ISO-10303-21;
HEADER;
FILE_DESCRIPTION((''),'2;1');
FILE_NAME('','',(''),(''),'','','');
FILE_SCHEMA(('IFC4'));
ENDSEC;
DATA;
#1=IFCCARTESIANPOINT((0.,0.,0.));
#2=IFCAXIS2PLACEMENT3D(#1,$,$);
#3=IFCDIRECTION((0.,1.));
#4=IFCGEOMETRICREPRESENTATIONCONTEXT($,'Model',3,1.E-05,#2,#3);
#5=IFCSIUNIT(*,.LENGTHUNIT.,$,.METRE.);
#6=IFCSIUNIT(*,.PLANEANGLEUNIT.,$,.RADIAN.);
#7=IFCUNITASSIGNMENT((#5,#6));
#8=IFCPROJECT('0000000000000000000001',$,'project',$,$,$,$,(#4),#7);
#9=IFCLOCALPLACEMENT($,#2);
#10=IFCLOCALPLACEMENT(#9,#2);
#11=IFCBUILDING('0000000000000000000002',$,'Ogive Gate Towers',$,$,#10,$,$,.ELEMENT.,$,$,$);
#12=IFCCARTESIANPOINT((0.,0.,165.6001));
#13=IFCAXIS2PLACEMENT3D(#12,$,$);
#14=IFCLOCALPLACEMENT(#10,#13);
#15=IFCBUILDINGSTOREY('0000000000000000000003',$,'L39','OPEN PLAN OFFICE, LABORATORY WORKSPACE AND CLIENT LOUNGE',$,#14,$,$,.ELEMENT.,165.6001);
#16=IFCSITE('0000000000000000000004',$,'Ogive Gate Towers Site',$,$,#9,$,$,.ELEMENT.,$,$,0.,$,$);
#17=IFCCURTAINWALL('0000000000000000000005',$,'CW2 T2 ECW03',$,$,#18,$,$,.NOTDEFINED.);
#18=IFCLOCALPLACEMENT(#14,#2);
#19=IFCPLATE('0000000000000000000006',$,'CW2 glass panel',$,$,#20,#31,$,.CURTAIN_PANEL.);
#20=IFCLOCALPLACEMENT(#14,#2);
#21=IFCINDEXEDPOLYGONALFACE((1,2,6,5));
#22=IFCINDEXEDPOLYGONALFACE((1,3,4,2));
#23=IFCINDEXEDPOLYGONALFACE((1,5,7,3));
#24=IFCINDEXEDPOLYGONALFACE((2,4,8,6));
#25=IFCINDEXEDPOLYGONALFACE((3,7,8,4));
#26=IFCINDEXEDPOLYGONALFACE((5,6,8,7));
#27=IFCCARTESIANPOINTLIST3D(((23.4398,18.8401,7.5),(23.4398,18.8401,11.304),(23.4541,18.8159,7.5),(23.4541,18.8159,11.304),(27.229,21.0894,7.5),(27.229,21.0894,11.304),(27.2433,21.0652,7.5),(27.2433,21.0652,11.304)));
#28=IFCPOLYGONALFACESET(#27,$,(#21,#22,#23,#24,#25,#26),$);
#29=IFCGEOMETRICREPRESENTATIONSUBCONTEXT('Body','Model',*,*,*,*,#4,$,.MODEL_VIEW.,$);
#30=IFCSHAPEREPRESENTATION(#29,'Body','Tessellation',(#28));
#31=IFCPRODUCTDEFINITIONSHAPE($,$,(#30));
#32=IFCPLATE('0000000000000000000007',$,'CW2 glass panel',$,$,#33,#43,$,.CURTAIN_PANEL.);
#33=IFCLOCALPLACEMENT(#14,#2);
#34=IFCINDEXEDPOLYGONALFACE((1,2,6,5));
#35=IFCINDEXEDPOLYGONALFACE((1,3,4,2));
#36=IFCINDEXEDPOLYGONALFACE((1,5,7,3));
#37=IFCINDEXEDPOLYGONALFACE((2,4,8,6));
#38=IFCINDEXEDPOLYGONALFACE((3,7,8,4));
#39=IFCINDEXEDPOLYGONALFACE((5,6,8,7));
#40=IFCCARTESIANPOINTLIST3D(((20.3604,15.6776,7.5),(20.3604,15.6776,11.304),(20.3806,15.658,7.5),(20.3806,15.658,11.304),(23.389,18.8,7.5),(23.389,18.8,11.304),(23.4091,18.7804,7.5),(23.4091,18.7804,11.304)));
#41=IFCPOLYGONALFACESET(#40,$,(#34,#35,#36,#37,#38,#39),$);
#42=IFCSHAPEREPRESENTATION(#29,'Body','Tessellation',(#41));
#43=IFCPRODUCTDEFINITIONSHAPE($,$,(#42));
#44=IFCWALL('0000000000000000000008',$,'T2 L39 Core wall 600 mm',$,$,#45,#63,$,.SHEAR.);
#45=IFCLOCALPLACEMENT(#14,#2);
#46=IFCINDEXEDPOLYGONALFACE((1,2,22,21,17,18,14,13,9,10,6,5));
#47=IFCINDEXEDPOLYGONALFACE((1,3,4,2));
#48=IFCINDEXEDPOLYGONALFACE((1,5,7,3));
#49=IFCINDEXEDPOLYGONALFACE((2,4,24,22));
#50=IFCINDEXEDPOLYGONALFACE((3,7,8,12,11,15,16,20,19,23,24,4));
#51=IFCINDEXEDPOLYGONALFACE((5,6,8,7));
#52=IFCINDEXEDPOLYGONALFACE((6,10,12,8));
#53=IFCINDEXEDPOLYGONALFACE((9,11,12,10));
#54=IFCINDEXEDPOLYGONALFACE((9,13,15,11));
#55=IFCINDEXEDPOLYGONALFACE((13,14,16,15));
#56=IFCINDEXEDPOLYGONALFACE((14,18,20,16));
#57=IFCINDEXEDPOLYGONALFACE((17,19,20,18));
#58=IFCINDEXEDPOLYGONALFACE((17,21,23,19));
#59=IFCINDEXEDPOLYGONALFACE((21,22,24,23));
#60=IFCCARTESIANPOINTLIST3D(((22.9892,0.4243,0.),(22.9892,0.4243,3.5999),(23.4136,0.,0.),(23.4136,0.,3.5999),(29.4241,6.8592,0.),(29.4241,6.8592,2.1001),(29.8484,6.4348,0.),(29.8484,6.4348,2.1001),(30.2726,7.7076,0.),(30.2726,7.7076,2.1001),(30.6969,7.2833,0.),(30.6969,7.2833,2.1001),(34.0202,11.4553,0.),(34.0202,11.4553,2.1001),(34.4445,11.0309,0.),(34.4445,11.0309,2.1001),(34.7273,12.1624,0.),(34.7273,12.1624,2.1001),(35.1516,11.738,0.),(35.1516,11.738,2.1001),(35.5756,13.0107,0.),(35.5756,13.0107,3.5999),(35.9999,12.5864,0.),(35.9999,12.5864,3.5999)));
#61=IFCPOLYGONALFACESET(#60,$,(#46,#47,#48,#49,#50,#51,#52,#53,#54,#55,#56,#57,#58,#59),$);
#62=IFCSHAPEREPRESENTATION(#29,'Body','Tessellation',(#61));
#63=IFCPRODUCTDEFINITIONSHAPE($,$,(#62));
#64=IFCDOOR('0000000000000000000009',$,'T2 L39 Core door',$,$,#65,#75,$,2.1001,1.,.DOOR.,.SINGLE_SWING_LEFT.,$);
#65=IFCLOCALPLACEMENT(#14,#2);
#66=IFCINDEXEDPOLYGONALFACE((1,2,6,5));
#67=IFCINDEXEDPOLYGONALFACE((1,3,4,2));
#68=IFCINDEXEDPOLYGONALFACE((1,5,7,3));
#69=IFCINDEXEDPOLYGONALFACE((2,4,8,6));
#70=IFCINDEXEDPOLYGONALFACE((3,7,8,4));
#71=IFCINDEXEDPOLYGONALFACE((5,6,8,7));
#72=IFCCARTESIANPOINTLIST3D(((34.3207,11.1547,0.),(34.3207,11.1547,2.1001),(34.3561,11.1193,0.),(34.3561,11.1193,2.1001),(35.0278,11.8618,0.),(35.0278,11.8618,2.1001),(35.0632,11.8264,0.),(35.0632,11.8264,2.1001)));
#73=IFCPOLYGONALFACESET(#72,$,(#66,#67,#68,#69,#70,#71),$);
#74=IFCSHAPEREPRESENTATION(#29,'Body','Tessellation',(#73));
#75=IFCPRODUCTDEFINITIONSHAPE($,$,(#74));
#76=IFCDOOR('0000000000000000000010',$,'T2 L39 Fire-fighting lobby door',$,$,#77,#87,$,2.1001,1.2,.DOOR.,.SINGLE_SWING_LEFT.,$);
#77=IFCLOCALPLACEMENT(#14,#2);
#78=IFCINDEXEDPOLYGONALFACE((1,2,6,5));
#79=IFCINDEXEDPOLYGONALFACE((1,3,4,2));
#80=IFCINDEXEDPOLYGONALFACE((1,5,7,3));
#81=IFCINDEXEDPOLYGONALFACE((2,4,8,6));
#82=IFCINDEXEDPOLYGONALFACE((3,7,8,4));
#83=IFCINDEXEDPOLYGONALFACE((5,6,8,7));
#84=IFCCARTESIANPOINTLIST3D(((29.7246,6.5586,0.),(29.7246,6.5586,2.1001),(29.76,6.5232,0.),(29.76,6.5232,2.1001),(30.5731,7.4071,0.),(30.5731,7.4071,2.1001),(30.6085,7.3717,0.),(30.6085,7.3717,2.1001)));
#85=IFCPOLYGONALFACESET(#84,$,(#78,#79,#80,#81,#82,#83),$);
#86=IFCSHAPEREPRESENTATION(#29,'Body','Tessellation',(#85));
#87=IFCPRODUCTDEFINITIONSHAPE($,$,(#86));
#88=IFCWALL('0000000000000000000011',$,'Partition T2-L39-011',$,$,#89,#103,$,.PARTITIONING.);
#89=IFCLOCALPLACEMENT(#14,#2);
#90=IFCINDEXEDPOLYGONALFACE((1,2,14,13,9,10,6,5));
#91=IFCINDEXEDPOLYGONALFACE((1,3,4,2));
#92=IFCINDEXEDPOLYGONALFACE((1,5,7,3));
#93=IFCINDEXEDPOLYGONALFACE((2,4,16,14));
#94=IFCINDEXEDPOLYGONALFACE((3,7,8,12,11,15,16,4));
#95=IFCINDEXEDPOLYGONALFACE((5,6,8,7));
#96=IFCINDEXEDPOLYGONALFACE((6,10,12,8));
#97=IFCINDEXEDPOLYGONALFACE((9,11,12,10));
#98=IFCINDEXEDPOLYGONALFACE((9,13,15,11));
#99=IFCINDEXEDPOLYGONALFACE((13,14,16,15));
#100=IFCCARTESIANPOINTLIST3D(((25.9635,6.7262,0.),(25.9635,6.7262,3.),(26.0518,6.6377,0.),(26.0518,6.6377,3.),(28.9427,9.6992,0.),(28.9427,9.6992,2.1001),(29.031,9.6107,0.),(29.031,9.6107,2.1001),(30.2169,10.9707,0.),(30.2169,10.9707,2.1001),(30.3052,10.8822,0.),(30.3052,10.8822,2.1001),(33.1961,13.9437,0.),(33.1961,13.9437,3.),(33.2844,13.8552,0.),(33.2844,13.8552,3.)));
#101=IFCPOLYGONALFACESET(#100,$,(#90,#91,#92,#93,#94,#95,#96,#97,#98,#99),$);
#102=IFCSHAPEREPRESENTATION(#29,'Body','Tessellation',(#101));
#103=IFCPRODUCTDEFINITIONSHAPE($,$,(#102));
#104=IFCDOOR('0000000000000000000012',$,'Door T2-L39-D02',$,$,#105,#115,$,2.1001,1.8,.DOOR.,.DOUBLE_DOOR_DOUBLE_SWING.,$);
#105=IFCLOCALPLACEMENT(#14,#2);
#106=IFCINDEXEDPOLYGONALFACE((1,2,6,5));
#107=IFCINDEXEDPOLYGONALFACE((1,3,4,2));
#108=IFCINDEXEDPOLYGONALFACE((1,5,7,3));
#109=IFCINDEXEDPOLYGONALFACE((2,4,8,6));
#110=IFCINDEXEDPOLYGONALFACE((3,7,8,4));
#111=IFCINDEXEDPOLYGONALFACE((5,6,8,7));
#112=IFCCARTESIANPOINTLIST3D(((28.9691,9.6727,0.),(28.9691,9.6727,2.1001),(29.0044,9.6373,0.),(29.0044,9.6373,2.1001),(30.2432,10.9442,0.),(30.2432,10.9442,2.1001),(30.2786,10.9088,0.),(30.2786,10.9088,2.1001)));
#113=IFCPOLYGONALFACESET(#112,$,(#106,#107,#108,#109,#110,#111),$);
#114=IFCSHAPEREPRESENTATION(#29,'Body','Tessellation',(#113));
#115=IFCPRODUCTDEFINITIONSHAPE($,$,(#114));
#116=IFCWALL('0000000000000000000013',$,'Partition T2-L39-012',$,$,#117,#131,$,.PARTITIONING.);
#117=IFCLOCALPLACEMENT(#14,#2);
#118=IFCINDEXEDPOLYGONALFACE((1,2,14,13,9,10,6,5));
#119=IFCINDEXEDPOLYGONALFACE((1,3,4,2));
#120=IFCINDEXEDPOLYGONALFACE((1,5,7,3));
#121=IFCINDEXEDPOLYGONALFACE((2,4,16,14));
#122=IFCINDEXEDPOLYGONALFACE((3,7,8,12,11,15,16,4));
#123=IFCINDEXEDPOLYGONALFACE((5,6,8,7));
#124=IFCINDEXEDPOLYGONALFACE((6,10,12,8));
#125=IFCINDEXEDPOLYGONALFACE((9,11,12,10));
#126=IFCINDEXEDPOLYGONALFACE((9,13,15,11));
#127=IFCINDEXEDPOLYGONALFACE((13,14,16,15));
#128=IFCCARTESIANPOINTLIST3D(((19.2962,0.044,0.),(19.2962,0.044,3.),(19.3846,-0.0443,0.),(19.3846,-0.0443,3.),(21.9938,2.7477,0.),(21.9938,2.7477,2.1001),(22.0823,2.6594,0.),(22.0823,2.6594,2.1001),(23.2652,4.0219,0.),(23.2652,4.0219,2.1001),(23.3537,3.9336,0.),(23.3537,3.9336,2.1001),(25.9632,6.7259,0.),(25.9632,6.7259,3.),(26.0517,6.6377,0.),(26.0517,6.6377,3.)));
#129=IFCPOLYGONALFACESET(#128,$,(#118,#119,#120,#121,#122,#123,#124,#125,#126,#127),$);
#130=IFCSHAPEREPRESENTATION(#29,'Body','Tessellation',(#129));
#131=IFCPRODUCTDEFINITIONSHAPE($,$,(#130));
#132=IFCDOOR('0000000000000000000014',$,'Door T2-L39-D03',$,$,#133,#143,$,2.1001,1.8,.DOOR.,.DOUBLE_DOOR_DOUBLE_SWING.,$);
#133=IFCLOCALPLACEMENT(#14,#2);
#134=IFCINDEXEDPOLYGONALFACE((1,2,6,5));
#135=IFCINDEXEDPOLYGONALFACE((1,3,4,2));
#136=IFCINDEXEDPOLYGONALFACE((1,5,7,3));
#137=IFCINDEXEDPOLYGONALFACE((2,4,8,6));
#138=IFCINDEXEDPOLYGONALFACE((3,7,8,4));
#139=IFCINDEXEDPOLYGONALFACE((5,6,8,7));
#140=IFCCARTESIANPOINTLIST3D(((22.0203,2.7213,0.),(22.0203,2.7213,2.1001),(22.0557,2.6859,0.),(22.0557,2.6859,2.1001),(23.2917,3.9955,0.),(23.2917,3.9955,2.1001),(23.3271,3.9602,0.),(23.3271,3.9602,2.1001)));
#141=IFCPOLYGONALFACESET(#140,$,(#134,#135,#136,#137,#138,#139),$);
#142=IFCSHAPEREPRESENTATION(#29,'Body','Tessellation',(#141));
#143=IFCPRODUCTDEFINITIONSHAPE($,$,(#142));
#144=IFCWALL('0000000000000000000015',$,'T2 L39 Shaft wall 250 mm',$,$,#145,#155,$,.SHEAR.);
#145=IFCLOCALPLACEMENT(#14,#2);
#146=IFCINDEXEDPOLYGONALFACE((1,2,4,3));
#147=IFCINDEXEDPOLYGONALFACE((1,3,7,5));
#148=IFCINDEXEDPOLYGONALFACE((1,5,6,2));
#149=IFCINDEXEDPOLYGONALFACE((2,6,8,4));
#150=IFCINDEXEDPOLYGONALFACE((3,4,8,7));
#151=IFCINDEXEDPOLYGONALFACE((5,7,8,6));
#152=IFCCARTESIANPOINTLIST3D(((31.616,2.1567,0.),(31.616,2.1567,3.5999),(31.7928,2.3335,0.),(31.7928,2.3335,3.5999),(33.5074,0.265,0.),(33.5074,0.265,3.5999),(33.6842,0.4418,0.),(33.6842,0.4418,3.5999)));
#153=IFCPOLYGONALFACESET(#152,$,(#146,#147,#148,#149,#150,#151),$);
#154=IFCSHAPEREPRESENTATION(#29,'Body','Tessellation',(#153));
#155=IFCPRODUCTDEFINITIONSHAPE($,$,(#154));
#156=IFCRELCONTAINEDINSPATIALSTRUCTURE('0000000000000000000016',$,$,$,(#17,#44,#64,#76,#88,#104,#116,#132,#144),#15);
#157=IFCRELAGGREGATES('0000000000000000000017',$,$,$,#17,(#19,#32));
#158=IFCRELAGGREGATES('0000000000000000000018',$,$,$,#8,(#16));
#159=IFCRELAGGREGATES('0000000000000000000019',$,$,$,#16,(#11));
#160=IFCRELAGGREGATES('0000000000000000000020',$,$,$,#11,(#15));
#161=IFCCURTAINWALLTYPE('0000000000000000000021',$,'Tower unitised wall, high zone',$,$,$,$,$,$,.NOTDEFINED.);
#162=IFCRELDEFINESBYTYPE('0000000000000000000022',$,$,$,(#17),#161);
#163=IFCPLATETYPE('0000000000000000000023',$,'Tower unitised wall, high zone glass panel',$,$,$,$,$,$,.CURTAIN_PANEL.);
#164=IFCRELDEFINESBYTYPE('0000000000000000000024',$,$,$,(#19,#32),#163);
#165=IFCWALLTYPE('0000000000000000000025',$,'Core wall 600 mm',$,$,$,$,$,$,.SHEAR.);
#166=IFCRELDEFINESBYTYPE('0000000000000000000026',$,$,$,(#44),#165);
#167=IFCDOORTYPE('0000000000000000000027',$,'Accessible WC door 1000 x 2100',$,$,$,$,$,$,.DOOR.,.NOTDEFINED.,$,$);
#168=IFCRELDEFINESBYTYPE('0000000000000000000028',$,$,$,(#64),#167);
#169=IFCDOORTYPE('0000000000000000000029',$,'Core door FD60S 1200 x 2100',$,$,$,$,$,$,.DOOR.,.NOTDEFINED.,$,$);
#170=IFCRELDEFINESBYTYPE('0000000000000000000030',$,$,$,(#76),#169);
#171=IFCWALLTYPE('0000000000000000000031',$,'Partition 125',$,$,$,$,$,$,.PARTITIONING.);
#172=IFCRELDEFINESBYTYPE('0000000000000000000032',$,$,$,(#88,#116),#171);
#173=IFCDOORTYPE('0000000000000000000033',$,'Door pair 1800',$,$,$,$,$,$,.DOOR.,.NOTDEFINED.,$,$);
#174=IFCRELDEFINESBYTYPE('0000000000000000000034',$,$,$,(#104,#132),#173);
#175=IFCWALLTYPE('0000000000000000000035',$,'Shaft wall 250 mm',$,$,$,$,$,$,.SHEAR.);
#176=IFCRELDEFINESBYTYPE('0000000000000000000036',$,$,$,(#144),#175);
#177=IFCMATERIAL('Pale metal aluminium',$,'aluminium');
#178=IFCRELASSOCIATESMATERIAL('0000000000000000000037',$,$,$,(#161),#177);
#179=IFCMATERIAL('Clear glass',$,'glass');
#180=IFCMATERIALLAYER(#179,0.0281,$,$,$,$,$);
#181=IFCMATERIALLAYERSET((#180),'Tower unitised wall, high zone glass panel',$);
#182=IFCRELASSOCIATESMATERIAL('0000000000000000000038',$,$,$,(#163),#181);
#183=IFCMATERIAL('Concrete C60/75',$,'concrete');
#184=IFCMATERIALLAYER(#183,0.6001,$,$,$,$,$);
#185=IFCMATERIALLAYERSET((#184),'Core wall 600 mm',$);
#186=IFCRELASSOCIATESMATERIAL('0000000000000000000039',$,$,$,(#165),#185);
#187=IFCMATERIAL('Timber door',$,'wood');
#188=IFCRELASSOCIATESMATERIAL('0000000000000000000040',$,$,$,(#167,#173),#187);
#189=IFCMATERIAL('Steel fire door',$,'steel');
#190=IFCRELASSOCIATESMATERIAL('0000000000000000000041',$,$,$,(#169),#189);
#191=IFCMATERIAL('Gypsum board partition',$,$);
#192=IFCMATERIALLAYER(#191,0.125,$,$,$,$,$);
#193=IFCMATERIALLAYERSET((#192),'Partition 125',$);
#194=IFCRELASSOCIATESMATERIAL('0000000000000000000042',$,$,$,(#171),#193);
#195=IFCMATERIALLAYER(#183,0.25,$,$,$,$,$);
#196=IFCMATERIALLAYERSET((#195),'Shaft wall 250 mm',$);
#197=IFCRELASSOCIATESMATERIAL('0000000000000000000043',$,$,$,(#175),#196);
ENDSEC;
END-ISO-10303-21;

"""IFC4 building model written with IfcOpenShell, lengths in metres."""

from ifc_helpers import new_model, si_unit, direction, frame, frame_2d, origin, origin_2d, place, context, subcontext, project, spatial, rectangle, extrude, material, layer, layer_set, type_object, element, fill, aggregate, save


model = new_model("IFC4")

# Units and contexts
model_context = context("Model", 3, precision=1e-05, world=origin(), true_north=direction((0.0, 1.0)))
body_context = subcontext(model_context, "Body", "Model", "MODEL_VIEW")
ifc_project = project(units=[si_unit("LENGTHUNIT", "METRE"), si_unit("PLANEANGLEUNIT", "RADIAN")], contexts=[model_context])

# Site, building, storey
site_placement = place(None, origin())
site = spatial("IfcSite", under=ifc_project, at=site_placement, Name="Ogive Gate Towers Site", CompositionType="ELEMENT", RefElevation=0.0)
building_placement = place(site_placement, origin())
building = spatial("IfcBuilding", under=site, at=building_placement, Name="Ogive Gate Towers", CompositionType="ELEMENT")
storey_placement = place(building_placement, frame((0.0, 0.0, 165.6001)))
storey = spatial("IfcBuildingStorey", under=building, at=storey_placement, Name="L39", Description="OPEN PLAN OFFICE, LABORATORY WORKSPACE AND CLIENT LOUNGE", CompositionType="ELEMENT", Elevation=165.6001)

# Curtain wall, plates
ifc_material_1 = material(Name="Pale metal aluminium", Category="aluminium")
curtain_wall_type = type_object("IfcCurtainWallType", Name="Tower unitised wall, high zone", PredefinedType="NOTDEFINED", material=ifc_material_1)
curtain_wall_placement = place(storey_placement, origin())
curtain_wall = element("IfcCurtainWall", 1, at=curtain_wall_placement, inside=storey, type_object=curtain_wall_type, Name="CW2 T2 ECW03", PredefinedType="NOTDEFINED")
ifc_material_2 = material(Name="Clear glass", Category="glass")
ifc_layer_1 = layer(ifc_material_2, 0.0281)
ifc_layer_set_1 = layer_set([ifc_layer_1], Name="Tower unitised wall, high zone glass panel")
plate_type = type_object("IfcPlateType", Name="Tower unitised wall, high zone glass panel", PredefinedType="CURTAIN_PANEL", material=ifc_layer_set_1)
plate_1_placement = place(storey_placement, frame((25.3416, 19.9526, 7.5), z_axis=(0.0, 0.0, 1.0), x_axis=(-0.859906, -0.510453, 0.0)))
plate_1 = element("IfcPlate", 2, at=plate_1_placement, type_object=plate_type, Name="CW2 glass panel", PredefinedType="CURTAIN_PANEL", context=body_context, shape_type="SweptSolid", body=[
    extrude(rectangle(XDim=4.4065, YDim=0.0281, at=origin_2d()), origin(), (0.0, 0.0, 1.0), 3.804),
])
plate_2_placement = place(storey_placement, frame((21.8848, 17.229, 7.5), z_axis=(0.0, 0.0, 1.0), x_axis=(-0.696239, -0.71781, 0.0)))
plate_2 = element("IfcPlate", 3, at=plate_2_placement, type_object=plate_type, Name="CW2 glass panel", PredefinedType="CURTAIN_PANEL", context=body_context, shape_type="SweptSolid", body=[
    extrude(rectangle(XDim=4.3499, YDim=0.0281, at=origin_2d()), origin(), (0.0, 0.0, 1.0), 3.804),
])
aggregate(curtain_wall, [plate_1, plate_2])

# Wall, openings, doors
ifc_material_3 = material(Name="Concrete C60/75", Category="concrete")
ifc_layer_2 = layer(ifc_material_3, 0.6001)
ifc_layer_set_2 = layer_set([ifc_layer_2], Name="Core wall 600 mm")
wall_type_1 = type_object("IfcWallType", Name="Core wall 600 mm", PredefinedType="SHEAR", material=ifc_layer_set_2)
wall_1_placement = place(storey_placement, frame((23.2014, 0.2122, 0.0), z_axis=(0.0, 0.0, 1.0), x_axis=(0.707107, 0.707107, 0.0)))
wall_1 = element("IfcWall", 4, at=wall_1_placement, inside=storey, type_object=wall_type_1, Name="T2 L39 Core wall 600 mm", PredefinedType="SHEAR", context=body_context, shape_type="SweptSolid", body=[
    extrude(rectangle(XDim=17.7998, YDim=0.6001, at=frame_2d((8.8999, 0.0))), origin(), (0.0, 0.0, 1.0), 3.5999),
])
opening_1_placement = place(wall_1_placement, frame((9.1001, 0.0, 0.0)))
opening_1 = element("IfcOpeningElement", 5, at=opening_1_placement, cuts=wall_1, PredefinedType="OPENING", context=body_context, shape_type="SweptSolid", body=[
    extrude(rectangle(XDim=1.2, YDim=2.1001, at=frame_2d((0.6001, 1.05))), frame((0.0, 0.3101, 0.0), z_axis=(0.0, -1.0, 0.0), x_axis=(1.0, 0.0, 0.0)), (0.0, 0.0, 1.0), 0.6201),
])
opening_2_placement = place(wall_1_placement, frame((15.6001, 0.0, 0.0)))
opening_2 = element("IfcOpeningElement", 6, at=opening_2_placement, cuts=wall_1, PredefinedType="OPENING", context=body_context, shape_type="SweptSolid", body=[
    extrude(rectangle(XDim=1.0, YDim=2.1001, at=frame_2d((0.5, 1.05))), frame((0.0, 0.3101, 0.0), z_axis=(0.0, -1.0, 0.0), x_axis=(1.0, 0.0, 0.0)), (0.0, 0.0, 1.0), 0.6201),
])
ifc_material_4 = material(Name="Timber door", Category="wood")
door_type_1 = type_object("IfcDoorType", Name="Accessible WC door 1000 x 2100", OperationType="NOTDEFINED", PredefinedType="DOOR", material=ifc_material_4)
door_1_placement = place(opening_2_placement, origin())
door_1 = element("IfcDoor", 7, at=door_1_placement, inside=storey, type_object=door_type_1, Name="T2 L39 Core door", OperationType="SINGLE_SWING_LEFT", OverallHeight=2.1001, OverallWidth=1.0, PredefinedType="DOOR", context=body_context, shape_type="SweptSolid", body=[
    extrude(rectangle(XDim=1.0, YDim=2.1001, at=frame_2d((0.5, 1.05))), frame((0.0, -0.125, 0.0), z_axis=(0.0, -1.0, 0.0), x_axis=(1.0, 0.0, 0.0)), (0.0, 0.0, 1.0), 0.05),
])
fill(opening_2, door_1)
ifc_material_5 = material(Name="Steel fire door", Category="steel")
door_type_2 = type_object("IfcDoorType", Name="Core door FD60S 1200 x 2100", OperationType="NOTDEFINED", PredefinedType="DOOR", material=ifc_material_5)
door_2_placement = place(opening_1_placement, origin())
door_2 = element("IfcDoor", 8, at=door_2_placement, inside=storey, type_object=door_type_2, Name="T2 L39 Fire-fighting lobby door", OperationType="SINGLE_SWING_LEFT", OverallHeight=2.1001, OverallWidth=1.2, PredefinedType="DOOR", context=body_context, shape_type="SweptSolid", body=[
    extrude(rectangle(XDim=1.2, YDim=2.1001, at=frame_2d((0.6001, 1.05))), frame((0.0, -0.125, 0.0), z_axis=(0.0, -1.0, 0.0), x_axis=(1.0, 0.0, 0.0)), (0.0, 0.0, 1.0), 0.05),
])
fill(opening_1, door_2)

# Walls, openings, doors
ifc_material_6 = material(Name="Gypsum board partition")
ifc_layer_3 = layer(ifc_material_6, 0.125)
ifc_layer_set_3 = layer_set([ifc_layer_3], Name="Partition 125")
wall_type_2 = type_object("IfcWallType", Name="Partition 125", PredefinedType="PARTITIONING", material=ifc_layer_set_3)
wall_2_placement = place(storey_placement, frame((33.2402, 13.8994, 0.0), z_axis=(0.0, 0.0, 1.0), x_axis=(-0.707847, -0.706366, 0.0)))
wall_2 = element("IfcWall", 9, at=wall_2_placement, inside=storey, type_object=wall_type_2, Name="Partition T2-L39-011", PredefinedType="PARTITIONING", context=body_context, shape_type="SweptSolid", body=[
    extrude(rectangle(XDim=10.2178, YDim=0.125, at=frame_2d((5.1089, 0.0))), origin(), (0.0, 0.0, 1.0), 3.0),
])
opening_3_placement = place(wall_2_placement, frame((4.209, 0.0, 0.0)))
opening_3 = element("IfcOpeningElement", 10, at=opening_3_placement, cuts=wall_2, PredefinedType="OPENING", context=body_context, shape_type="SweptSolid", body=[
    extrude(rectangle(XDim=1.8, YDim=2.1001, at=frame_2d((0.8999, 1.05))), frame((0.0, 0.0725, 0.0), z_axis=(0.0, -1.0, 0.0), x_axis=(1.0, 0.0, 0.0)), (0.0, 0.0, 1.0), 0.145),
])
door_type_3 = type_object("IfcDoorType", Name="Door pair 1800", OperationType="NOTDEFINED", PredefinedType="DOOR", material=ifc_material_4)
door_3_placement = place(opening_3_placement, origin())
door_3 = element("IfcDoor", 11, at=door_3_placement, inside=storey, type_object=door_type_3, Name="Door T2-L39-D02", OperationType="DOUBLE_DOOR_DOUBLE_SWING", OverallHeight=2.1001, OverallWidth=1.8, PredefinedType="DOOR", context=body_context, shape_type="SweptSolid", body=[
    extrude(rectangle(XDim=1.8, YDim=2.1001, at=frame_2d((0.8999, 1.05))), frame((0.0, 0.0249, 0.0), z_axis=(0.0, -1.0, 0.0), x_axis=(1.0, 0.0, 0.0)), (0.0, 0.0, 1.0), 0.05),
])
fill(opening_3, door_3)
wall_3_placement = place(storey_placement, frame((26.0076, 6.6819, 0.0), z_axis=(0.0, 0.0, 1.0), x_axis=(-0.706317, -0.707895, 0.0)))
wall_3 = element("IfcWall", 12, at=wall_3_placement, inside=storey, type_object=wall_type_2, Name="Partition T2-L39-012", PredefinedType="PARTITIONING", context=body_context, shape_type="SweptSolid", body=[
    extrude(rectangle(XDim=9.4392, YDim=0.125, at=frame_2d((4.7197, 0.0))), origin(), (0.0, 0.0, 1.0), 3.0),
])
opening_4_placement = place(wall_3_placement, frame((3.8201, 0.0, 0.0)))
opening_4 = element("IfcOpeningElement", 13, at=opening_4_placement, cuts=wall_3, PredefinedType="OPENING", context=body_context, shape_type="SweptSolid", body=[
    extrude(rectangle(XDim=1.8, YDim=2.1001, at=frame_2d((0.8999, 1.05))), frame((0.0, 0.0725, 0.0), z_axis=(0.0, -1.0, 0.0), x_axis=(1.0, 0.0, 0.0)), (0.0, 0.0, 1.0), 0.145),
])
door_4_placement = place(opening_4_placement, origin())
door_4 = element("IfcDoor", 14, at=door_4_placement, inside=storey, type_object=door_type_3, Name="Door T2-L39-D03", OperationType="DOUBLE_DOOR_DOUBLE_SWING", OverallHeight=2.1001, OverallWidth=1.8, PredefinedType="DOOR", context=body_context, shape_type="SweptSolid", body=[
    extrude(rectangle(XDim=1.8, YDim=2.1001, at=frame_2d((0.8999, 1.05))), frame((0.0, 0.0249, 0.0), z_axis=(0.0, -1.0, 0.0), x_axis=(1.0, 0.0, 0.0)), (0.0, 0.0, 1.0), 0.05),
])
fill(opening_4, door_4)

# Wall
ifc_layer_4 = layer(ifc_material_3, 0.25)
ifc_layer_set_4 = layer_set([ifc_layer_4], Name="Shaft wall 250 mm")
wall_type_3 = type_object("IfcWallType", Name="Shaft wall 250 mm", PredefinedType="SHEAR", material=ifc_layer_set_4)
wall_4_placement = place(storey_placement, frame((33.5957, 0.3535, 0.0), z_axis=(0.0, 0.0, 1.0), x_axis=(-0.707061, 0.707152, 0.0)))
element("IfcWall", 15, at=wall_4_placement, inside=storey, type_object=wall_type_3, Name="T2 L39 Shaft wall 250 mm", PredefinedType="SHEAR", context=body_context, shape_type="SweptSolid", body=[
    extrude(rectangle(XDim=2.675, YDim=0.25, at=frame_2d((1.3374, 0.0))), origin(), (0.0, 0.0, 1.0), 3.5999),
])

save(model, "model.ifc")
